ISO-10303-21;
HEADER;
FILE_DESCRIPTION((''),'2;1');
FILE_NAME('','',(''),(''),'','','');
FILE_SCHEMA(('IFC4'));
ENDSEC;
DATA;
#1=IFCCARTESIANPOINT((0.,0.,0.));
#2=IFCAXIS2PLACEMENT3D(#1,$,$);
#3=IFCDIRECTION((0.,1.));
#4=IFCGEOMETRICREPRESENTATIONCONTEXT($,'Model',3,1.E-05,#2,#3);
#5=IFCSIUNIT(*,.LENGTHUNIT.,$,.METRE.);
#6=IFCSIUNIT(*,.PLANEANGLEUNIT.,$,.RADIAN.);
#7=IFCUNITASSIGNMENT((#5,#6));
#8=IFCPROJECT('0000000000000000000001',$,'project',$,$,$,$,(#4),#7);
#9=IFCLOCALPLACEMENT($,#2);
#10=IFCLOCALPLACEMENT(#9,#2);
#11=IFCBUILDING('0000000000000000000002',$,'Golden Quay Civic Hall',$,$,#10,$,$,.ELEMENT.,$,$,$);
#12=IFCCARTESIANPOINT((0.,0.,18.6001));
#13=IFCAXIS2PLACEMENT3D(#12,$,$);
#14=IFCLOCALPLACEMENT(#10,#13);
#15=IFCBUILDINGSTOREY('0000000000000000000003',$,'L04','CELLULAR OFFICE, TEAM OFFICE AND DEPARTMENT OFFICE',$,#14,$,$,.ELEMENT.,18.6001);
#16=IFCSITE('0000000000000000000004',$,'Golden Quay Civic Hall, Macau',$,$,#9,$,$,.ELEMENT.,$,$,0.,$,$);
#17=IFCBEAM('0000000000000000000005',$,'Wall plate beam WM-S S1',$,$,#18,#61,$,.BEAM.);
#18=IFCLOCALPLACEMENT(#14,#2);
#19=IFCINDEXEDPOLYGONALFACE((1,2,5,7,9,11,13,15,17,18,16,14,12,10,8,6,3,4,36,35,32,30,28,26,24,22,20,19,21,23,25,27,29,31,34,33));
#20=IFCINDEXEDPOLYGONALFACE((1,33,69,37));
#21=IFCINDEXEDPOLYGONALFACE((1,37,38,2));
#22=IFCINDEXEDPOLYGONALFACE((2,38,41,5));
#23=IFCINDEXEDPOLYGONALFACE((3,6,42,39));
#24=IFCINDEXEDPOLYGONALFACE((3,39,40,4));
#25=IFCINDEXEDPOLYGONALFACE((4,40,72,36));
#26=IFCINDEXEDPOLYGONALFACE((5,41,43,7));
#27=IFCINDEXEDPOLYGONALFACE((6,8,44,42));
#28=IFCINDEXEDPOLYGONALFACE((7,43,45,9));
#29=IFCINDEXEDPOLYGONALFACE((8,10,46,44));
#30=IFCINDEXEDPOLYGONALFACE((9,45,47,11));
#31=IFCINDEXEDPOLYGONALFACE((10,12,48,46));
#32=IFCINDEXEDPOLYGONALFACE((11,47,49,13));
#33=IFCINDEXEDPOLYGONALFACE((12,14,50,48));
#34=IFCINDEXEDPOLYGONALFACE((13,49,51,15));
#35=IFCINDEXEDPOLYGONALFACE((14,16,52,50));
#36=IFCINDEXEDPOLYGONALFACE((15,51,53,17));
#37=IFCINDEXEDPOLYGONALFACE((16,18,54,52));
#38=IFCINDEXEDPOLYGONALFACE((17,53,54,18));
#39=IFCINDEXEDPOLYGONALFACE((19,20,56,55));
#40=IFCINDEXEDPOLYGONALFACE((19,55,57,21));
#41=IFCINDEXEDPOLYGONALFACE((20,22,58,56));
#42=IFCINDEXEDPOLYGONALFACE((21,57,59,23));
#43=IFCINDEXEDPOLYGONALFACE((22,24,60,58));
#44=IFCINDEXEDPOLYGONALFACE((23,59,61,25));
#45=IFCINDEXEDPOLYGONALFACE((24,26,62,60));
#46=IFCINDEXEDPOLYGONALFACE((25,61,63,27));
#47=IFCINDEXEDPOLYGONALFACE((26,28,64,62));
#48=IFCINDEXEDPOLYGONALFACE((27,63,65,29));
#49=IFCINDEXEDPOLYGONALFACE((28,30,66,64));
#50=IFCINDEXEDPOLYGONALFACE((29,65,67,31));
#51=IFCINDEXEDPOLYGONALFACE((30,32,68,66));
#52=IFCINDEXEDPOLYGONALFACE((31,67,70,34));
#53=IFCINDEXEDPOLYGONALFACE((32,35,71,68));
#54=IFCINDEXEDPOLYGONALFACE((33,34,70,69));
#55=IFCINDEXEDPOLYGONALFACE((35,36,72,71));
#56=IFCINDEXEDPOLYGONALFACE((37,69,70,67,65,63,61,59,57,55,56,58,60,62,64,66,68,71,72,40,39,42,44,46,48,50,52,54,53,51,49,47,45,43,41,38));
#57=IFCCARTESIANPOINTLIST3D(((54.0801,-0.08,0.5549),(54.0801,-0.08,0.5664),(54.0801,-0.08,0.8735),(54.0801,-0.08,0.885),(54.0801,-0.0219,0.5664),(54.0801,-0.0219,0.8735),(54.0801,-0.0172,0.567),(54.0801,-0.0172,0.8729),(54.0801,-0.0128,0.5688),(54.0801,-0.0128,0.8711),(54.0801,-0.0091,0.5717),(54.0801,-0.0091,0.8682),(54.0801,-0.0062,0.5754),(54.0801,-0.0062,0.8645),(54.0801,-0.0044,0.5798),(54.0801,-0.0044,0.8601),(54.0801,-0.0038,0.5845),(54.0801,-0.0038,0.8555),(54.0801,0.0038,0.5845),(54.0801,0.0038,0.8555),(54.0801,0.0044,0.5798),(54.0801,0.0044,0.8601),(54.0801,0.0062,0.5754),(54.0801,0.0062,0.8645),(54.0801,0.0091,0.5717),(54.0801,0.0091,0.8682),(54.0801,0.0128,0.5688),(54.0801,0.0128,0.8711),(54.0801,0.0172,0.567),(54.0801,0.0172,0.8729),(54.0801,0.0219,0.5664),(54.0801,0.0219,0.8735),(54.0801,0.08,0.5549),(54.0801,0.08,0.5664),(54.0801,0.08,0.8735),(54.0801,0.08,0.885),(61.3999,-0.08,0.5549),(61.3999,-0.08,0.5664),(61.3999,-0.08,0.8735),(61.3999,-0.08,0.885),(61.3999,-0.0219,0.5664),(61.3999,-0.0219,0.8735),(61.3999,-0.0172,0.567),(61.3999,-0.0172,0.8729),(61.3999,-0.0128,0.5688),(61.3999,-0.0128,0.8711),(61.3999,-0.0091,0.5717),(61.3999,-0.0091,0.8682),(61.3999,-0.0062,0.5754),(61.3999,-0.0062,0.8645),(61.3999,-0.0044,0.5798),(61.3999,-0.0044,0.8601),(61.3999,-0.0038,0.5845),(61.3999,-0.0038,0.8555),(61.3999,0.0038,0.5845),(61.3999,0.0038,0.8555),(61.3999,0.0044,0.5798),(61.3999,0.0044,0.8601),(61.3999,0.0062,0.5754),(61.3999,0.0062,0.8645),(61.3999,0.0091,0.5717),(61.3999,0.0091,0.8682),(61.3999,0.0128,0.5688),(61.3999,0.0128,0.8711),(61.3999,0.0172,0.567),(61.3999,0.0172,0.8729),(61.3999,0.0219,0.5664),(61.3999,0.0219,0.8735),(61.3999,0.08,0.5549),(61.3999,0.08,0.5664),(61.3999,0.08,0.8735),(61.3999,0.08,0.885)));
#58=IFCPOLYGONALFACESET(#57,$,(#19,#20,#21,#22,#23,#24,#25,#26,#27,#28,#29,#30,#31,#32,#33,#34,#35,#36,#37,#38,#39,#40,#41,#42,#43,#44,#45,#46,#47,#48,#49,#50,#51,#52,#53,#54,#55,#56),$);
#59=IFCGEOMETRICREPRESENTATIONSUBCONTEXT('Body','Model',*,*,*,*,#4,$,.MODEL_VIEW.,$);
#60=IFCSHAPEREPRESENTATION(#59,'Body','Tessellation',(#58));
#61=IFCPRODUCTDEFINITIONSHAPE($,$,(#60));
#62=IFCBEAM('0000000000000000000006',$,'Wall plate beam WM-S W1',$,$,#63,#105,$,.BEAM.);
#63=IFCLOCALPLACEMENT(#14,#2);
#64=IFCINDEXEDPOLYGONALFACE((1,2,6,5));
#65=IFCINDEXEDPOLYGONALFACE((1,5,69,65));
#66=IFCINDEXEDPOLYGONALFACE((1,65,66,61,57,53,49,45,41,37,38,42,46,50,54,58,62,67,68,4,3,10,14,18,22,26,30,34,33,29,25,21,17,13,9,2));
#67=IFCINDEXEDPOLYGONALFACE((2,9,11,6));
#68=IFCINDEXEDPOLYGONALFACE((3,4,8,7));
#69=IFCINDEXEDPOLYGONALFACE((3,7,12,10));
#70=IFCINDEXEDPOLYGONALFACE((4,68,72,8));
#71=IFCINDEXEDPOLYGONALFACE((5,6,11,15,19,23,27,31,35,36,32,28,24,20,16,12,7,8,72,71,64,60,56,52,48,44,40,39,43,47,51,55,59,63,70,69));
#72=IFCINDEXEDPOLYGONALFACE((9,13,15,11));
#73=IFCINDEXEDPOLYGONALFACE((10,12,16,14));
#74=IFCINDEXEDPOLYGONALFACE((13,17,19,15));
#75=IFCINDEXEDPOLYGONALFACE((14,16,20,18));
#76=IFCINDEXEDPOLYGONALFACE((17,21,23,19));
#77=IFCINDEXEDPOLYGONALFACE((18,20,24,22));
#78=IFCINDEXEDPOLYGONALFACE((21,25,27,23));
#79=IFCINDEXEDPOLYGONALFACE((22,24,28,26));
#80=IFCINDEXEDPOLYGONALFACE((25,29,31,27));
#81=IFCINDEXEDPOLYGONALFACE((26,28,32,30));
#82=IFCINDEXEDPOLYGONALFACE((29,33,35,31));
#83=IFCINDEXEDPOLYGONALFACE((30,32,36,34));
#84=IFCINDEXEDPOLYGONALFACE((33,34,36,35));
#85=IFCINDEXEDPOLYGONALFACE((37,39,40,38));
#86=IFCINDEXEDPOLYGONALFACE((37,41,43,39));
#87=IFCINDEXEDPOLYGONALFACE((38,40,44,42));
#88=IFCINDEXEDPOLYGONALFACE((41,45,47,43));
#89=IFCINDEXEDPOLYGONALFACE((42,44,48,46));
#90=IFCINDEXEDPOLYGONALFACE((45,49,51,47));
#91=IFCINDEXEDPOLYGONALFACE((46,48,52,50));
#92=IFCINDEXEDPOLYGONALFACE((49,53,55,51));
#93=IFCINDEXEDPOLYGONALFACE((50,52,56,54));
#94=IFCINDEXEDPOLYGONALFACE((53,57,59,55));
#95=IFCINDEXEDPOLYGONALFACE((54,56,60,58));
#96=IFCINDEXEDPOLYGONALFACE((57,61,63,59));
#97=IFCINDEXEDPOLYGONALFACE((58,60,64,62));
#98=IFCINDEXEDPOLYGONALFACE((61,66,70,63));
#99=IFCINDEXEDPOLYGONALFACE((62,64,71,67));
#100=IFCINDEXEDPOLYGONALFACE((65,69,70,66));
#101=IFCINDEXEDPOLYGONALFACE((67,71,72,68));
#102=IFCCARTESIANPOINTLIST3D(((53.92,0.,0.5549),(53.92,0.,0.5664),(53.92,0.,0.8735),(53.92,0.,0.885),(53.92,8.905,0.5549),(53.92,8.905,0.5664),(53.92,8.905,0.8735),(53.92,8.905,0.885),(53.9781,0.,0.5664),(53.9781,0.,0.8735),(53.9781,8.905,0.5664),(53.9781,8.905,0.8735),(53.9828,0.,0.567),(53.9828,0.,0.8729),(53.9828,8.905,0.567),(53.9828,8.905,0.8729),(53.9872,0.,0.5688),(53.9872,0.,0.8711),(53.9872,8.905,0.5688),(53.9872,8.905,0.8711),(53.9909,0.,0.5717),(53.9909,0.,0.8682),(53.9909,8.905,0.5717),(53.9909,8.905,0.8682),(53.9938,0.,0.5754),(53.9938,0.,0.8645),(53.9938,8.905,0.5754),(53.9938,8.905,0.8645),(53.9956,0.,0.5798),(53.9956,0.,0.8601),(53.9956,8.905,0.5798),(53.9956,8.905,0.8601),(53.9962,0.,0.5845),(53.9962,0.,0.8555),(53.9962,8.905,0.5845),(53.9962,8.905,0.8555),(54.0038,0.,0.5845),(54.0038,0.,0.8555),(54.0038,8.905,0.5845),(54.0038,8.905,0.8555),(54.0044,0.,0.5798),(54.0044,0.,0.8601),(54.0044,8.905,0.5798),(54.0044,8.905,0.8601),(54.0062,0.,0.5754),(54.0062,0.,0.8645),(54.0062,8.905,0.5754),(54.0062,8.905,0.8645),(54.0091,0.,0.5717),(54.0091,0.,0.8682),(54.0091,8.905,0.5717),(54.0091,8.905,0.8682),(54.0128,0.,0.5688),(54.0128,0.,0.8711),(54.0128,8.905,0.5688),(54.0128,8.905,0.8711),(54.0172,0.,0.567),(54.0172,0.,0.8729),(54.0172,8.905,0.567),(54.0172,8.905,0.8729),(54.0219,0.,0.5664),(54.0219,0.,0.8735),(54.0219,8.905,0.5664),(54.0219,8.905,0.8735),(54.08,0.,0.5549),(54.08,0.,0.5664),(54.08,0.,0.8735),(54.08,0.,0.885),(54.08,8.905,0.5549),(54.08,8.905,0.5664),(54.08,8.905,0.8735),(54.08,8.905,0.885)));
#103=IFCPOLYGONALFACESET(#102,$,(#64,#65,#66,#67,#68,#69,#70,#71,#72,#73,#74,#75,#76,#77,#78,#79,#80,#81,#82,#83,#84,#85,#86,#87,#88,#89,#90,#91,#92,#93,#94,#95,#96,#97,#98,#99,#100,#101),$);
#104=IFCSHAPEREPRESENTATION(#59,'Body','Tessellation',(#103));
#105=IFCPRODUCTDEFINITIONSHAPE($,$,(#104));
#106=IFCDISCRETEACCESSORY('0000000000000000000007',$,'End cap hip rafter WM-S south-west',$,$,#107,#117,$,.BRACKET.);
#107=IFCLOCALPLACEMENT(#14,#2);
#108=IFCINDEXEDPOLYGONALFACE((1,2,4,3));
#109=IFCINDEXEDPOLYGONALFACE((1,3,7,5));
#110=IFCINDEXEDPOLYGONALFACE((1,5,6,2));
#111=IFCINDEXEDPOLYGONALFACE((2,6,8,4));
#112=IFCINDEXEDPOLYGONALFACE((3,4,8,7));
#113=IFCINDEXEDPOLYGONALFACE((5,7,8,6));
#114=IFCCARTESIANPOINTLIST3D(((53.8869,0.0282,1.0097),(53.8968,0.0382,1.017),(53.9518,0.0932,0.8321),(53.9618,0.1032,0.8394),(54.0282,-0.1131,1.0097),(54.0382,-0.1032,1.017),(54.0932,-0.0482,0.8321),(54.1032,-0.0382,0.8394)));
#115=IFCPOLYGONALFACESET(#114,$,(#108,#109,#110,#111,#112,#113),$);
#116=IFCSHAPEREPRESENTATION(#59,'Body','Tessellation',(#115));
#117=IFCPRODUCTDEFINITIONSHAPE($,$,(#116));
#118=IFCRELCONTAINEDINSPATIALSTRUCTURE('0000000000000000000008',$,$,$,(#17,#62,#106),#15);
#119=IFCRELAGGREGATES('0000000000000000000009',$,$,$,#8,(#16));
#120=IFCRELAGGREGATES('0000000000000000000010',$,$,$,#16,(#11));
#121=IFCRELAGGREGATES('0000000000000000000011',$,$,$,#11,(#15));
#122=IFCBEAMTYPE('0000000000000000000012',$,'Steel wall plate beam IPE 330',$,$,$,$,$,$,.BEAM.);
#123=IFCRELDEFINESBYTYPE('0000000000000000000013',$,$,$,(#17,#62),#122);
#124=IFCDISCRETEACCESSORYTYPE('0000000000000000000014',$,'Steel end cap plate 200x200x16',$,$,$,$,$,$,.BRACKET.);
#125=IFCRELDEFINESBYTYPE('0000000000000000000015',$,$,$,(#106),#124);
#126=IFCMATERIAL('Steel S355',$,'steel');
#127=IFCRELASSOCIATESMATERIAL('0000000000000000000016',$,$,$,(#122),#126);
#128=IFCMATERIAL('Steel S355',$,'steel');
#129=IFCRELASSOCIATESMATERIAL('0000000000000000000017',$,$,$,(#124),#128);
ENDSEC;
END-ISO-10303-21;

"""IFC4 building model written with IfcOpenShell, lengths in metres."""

from ifc_helpers import new_model, si_unit, direction, frame, origin, origin_2d, place, context, subcontext, project, spatial, rectangle, i_section, extrude, material, material_profile, profile_set, type_object, element, save


model = new_model("IFC4")

# Units and contexts
model_context = context("Model", 3, precision=1e-05, world=origin(), true_north=direction((0.0, 1.0)))
body_context = subcontext(model_context, "Body", "Model", "MODEL_VIEW")
ifc_project = project(units=[si_unit("LENGTHUNIT", "METRE"), si_unit("PLANEANGLEUNIT", "RADIAN")], contexts=[model_context])

# Site, building, storey
site_placement = place(None, origin())
site = spatial("IfcSite", under=ifc_project, at=site_placement, Name="Golden Quay Civic Hall, Macau", CompositionType="ELEMENT", RefElevation=0.0)
building_placement = place(site_placement, origin())
building = spatial("IfcBuilding", under=site, at=building_placement, Name="Golden Quay Civic Hall", CompositionType="ELEMENT")
storey_placement = place(building_placement, frame((0.0, 0.0, 18.6001)))
storey = spatial("IfcBuildingStorey", under=building, at=storey_placement, Name="L04", Description="CELLULAR OFFICE, TEAM OFFICE AND DEPARTMENT OFFICE", CompositionType="ELEMENT", Elevation=18.6001)

# Beams
ifc_material_1 = material(Name="Steel S355", Category="steel")
ifc_material_profile_1 = material_profile(ifc_material_1, i_section(OverallWidth=0.1599, OverallDepth=0.3301, WebThickness=0.0076, FlangeThickness=0.0115, FilletRadius=0.0181, at=origin_2d()), Name="IPE 330")
ifc_profile_set_1 = profile_set([ifc_material_profile_1], Name="Steel S355")
beam_type_1 = type_object("IfcBeamType", Name="Steel wall plate beam IPE 330", PredefinedType="BEAM", material=ifc_profile_set_1)
beam_1_placement = place(storey_placement, frame((54.0801, 0.0, 0.72), z_axis=(1.0, 0.0, 0.0), x_axis=(0.0, 1.0, 0.0)))
element("IfcBeam", 1, at=beam_1_placement, inside=storey, type_object=beam_type_1, Name="Wall plate beam WM-S S1", PredefinedType="BEAM", context=body_context, shape_type="SweptSolid", body=[
    extrude(i_section(OverallWidth=0.1599, OverallDepth=0.3301, WebThickness=0.0076, FlangeThickness=0.0115, FilletRadius=0.0181, at=origin_2d()), origin(), (0.0, 0.0, 1.0), 7.3198),
])
beam_2_placement = place(storey_placement, frame((54.0, 0.0, 0.72), z_axis=(0.0, 1.0, 0.0), x_axis=(-1.0, 0.0, 0.0)))
element("IfcBeam", 2, at=beam_2_placement, inside=storey, type_object=beam_type_1, Name="Wall plate beam WM-S W1", PredefinedType="BEAM", context=body_context, shape_type="SweptSolid", body=[
    extrude(i_section(OverallWidth=0.1599, OverallDepth=0.3301, WebThickness=0.0076, FlangeThickness=0.0115, FilletRadius=0.0181, at=origin_2d()), origin(), (0.0, 0.0, 1.0), 8.905),
])

# Discrete accessory
ifc_material_2 = material(Name="Steel S355", Category="steel")
ifc_material_profile_2 = material_profile(ifc_material_2, rectangle(XDim=0.2, YDim=0.2, at=origin_2d()), Name="Steel end cap plate 200x200x16")
ifc_profile_set_2 = profile_set([ifc_material_profile_2], Name="Steel S355")
discrete_accessory_type = type_object("IfcDiscreteAccessoryType", Name="Steel end cap plate 200x200x16", PredefinedType="BRACKET", material=ifc_profile_set_2)
discrete_accessory_placement = place(storey_placement, frame((54.0, 0.0, 0.9282), z_axis=(-0.628025, -0.628025, -0.459531), x_axis=(0.707107, -0.707107, 0.0)))
element("IfcDiscreteAccessory", 3, at=discrete_accessory_placement, inside=storey, type_object=discrete_accessory_type, Name="End cap hip rafter WM-S south-west", PredefinedType="BRACKET", context=body_context, shape_type="SweptSolid", body=[
    extrude(rectangle(XDim=0.2, YDim=0.2, at=origin_2d()), origin(), (0.0, 0.0, 1.0), 0.0159),
])

save(model, "model.ifc")
